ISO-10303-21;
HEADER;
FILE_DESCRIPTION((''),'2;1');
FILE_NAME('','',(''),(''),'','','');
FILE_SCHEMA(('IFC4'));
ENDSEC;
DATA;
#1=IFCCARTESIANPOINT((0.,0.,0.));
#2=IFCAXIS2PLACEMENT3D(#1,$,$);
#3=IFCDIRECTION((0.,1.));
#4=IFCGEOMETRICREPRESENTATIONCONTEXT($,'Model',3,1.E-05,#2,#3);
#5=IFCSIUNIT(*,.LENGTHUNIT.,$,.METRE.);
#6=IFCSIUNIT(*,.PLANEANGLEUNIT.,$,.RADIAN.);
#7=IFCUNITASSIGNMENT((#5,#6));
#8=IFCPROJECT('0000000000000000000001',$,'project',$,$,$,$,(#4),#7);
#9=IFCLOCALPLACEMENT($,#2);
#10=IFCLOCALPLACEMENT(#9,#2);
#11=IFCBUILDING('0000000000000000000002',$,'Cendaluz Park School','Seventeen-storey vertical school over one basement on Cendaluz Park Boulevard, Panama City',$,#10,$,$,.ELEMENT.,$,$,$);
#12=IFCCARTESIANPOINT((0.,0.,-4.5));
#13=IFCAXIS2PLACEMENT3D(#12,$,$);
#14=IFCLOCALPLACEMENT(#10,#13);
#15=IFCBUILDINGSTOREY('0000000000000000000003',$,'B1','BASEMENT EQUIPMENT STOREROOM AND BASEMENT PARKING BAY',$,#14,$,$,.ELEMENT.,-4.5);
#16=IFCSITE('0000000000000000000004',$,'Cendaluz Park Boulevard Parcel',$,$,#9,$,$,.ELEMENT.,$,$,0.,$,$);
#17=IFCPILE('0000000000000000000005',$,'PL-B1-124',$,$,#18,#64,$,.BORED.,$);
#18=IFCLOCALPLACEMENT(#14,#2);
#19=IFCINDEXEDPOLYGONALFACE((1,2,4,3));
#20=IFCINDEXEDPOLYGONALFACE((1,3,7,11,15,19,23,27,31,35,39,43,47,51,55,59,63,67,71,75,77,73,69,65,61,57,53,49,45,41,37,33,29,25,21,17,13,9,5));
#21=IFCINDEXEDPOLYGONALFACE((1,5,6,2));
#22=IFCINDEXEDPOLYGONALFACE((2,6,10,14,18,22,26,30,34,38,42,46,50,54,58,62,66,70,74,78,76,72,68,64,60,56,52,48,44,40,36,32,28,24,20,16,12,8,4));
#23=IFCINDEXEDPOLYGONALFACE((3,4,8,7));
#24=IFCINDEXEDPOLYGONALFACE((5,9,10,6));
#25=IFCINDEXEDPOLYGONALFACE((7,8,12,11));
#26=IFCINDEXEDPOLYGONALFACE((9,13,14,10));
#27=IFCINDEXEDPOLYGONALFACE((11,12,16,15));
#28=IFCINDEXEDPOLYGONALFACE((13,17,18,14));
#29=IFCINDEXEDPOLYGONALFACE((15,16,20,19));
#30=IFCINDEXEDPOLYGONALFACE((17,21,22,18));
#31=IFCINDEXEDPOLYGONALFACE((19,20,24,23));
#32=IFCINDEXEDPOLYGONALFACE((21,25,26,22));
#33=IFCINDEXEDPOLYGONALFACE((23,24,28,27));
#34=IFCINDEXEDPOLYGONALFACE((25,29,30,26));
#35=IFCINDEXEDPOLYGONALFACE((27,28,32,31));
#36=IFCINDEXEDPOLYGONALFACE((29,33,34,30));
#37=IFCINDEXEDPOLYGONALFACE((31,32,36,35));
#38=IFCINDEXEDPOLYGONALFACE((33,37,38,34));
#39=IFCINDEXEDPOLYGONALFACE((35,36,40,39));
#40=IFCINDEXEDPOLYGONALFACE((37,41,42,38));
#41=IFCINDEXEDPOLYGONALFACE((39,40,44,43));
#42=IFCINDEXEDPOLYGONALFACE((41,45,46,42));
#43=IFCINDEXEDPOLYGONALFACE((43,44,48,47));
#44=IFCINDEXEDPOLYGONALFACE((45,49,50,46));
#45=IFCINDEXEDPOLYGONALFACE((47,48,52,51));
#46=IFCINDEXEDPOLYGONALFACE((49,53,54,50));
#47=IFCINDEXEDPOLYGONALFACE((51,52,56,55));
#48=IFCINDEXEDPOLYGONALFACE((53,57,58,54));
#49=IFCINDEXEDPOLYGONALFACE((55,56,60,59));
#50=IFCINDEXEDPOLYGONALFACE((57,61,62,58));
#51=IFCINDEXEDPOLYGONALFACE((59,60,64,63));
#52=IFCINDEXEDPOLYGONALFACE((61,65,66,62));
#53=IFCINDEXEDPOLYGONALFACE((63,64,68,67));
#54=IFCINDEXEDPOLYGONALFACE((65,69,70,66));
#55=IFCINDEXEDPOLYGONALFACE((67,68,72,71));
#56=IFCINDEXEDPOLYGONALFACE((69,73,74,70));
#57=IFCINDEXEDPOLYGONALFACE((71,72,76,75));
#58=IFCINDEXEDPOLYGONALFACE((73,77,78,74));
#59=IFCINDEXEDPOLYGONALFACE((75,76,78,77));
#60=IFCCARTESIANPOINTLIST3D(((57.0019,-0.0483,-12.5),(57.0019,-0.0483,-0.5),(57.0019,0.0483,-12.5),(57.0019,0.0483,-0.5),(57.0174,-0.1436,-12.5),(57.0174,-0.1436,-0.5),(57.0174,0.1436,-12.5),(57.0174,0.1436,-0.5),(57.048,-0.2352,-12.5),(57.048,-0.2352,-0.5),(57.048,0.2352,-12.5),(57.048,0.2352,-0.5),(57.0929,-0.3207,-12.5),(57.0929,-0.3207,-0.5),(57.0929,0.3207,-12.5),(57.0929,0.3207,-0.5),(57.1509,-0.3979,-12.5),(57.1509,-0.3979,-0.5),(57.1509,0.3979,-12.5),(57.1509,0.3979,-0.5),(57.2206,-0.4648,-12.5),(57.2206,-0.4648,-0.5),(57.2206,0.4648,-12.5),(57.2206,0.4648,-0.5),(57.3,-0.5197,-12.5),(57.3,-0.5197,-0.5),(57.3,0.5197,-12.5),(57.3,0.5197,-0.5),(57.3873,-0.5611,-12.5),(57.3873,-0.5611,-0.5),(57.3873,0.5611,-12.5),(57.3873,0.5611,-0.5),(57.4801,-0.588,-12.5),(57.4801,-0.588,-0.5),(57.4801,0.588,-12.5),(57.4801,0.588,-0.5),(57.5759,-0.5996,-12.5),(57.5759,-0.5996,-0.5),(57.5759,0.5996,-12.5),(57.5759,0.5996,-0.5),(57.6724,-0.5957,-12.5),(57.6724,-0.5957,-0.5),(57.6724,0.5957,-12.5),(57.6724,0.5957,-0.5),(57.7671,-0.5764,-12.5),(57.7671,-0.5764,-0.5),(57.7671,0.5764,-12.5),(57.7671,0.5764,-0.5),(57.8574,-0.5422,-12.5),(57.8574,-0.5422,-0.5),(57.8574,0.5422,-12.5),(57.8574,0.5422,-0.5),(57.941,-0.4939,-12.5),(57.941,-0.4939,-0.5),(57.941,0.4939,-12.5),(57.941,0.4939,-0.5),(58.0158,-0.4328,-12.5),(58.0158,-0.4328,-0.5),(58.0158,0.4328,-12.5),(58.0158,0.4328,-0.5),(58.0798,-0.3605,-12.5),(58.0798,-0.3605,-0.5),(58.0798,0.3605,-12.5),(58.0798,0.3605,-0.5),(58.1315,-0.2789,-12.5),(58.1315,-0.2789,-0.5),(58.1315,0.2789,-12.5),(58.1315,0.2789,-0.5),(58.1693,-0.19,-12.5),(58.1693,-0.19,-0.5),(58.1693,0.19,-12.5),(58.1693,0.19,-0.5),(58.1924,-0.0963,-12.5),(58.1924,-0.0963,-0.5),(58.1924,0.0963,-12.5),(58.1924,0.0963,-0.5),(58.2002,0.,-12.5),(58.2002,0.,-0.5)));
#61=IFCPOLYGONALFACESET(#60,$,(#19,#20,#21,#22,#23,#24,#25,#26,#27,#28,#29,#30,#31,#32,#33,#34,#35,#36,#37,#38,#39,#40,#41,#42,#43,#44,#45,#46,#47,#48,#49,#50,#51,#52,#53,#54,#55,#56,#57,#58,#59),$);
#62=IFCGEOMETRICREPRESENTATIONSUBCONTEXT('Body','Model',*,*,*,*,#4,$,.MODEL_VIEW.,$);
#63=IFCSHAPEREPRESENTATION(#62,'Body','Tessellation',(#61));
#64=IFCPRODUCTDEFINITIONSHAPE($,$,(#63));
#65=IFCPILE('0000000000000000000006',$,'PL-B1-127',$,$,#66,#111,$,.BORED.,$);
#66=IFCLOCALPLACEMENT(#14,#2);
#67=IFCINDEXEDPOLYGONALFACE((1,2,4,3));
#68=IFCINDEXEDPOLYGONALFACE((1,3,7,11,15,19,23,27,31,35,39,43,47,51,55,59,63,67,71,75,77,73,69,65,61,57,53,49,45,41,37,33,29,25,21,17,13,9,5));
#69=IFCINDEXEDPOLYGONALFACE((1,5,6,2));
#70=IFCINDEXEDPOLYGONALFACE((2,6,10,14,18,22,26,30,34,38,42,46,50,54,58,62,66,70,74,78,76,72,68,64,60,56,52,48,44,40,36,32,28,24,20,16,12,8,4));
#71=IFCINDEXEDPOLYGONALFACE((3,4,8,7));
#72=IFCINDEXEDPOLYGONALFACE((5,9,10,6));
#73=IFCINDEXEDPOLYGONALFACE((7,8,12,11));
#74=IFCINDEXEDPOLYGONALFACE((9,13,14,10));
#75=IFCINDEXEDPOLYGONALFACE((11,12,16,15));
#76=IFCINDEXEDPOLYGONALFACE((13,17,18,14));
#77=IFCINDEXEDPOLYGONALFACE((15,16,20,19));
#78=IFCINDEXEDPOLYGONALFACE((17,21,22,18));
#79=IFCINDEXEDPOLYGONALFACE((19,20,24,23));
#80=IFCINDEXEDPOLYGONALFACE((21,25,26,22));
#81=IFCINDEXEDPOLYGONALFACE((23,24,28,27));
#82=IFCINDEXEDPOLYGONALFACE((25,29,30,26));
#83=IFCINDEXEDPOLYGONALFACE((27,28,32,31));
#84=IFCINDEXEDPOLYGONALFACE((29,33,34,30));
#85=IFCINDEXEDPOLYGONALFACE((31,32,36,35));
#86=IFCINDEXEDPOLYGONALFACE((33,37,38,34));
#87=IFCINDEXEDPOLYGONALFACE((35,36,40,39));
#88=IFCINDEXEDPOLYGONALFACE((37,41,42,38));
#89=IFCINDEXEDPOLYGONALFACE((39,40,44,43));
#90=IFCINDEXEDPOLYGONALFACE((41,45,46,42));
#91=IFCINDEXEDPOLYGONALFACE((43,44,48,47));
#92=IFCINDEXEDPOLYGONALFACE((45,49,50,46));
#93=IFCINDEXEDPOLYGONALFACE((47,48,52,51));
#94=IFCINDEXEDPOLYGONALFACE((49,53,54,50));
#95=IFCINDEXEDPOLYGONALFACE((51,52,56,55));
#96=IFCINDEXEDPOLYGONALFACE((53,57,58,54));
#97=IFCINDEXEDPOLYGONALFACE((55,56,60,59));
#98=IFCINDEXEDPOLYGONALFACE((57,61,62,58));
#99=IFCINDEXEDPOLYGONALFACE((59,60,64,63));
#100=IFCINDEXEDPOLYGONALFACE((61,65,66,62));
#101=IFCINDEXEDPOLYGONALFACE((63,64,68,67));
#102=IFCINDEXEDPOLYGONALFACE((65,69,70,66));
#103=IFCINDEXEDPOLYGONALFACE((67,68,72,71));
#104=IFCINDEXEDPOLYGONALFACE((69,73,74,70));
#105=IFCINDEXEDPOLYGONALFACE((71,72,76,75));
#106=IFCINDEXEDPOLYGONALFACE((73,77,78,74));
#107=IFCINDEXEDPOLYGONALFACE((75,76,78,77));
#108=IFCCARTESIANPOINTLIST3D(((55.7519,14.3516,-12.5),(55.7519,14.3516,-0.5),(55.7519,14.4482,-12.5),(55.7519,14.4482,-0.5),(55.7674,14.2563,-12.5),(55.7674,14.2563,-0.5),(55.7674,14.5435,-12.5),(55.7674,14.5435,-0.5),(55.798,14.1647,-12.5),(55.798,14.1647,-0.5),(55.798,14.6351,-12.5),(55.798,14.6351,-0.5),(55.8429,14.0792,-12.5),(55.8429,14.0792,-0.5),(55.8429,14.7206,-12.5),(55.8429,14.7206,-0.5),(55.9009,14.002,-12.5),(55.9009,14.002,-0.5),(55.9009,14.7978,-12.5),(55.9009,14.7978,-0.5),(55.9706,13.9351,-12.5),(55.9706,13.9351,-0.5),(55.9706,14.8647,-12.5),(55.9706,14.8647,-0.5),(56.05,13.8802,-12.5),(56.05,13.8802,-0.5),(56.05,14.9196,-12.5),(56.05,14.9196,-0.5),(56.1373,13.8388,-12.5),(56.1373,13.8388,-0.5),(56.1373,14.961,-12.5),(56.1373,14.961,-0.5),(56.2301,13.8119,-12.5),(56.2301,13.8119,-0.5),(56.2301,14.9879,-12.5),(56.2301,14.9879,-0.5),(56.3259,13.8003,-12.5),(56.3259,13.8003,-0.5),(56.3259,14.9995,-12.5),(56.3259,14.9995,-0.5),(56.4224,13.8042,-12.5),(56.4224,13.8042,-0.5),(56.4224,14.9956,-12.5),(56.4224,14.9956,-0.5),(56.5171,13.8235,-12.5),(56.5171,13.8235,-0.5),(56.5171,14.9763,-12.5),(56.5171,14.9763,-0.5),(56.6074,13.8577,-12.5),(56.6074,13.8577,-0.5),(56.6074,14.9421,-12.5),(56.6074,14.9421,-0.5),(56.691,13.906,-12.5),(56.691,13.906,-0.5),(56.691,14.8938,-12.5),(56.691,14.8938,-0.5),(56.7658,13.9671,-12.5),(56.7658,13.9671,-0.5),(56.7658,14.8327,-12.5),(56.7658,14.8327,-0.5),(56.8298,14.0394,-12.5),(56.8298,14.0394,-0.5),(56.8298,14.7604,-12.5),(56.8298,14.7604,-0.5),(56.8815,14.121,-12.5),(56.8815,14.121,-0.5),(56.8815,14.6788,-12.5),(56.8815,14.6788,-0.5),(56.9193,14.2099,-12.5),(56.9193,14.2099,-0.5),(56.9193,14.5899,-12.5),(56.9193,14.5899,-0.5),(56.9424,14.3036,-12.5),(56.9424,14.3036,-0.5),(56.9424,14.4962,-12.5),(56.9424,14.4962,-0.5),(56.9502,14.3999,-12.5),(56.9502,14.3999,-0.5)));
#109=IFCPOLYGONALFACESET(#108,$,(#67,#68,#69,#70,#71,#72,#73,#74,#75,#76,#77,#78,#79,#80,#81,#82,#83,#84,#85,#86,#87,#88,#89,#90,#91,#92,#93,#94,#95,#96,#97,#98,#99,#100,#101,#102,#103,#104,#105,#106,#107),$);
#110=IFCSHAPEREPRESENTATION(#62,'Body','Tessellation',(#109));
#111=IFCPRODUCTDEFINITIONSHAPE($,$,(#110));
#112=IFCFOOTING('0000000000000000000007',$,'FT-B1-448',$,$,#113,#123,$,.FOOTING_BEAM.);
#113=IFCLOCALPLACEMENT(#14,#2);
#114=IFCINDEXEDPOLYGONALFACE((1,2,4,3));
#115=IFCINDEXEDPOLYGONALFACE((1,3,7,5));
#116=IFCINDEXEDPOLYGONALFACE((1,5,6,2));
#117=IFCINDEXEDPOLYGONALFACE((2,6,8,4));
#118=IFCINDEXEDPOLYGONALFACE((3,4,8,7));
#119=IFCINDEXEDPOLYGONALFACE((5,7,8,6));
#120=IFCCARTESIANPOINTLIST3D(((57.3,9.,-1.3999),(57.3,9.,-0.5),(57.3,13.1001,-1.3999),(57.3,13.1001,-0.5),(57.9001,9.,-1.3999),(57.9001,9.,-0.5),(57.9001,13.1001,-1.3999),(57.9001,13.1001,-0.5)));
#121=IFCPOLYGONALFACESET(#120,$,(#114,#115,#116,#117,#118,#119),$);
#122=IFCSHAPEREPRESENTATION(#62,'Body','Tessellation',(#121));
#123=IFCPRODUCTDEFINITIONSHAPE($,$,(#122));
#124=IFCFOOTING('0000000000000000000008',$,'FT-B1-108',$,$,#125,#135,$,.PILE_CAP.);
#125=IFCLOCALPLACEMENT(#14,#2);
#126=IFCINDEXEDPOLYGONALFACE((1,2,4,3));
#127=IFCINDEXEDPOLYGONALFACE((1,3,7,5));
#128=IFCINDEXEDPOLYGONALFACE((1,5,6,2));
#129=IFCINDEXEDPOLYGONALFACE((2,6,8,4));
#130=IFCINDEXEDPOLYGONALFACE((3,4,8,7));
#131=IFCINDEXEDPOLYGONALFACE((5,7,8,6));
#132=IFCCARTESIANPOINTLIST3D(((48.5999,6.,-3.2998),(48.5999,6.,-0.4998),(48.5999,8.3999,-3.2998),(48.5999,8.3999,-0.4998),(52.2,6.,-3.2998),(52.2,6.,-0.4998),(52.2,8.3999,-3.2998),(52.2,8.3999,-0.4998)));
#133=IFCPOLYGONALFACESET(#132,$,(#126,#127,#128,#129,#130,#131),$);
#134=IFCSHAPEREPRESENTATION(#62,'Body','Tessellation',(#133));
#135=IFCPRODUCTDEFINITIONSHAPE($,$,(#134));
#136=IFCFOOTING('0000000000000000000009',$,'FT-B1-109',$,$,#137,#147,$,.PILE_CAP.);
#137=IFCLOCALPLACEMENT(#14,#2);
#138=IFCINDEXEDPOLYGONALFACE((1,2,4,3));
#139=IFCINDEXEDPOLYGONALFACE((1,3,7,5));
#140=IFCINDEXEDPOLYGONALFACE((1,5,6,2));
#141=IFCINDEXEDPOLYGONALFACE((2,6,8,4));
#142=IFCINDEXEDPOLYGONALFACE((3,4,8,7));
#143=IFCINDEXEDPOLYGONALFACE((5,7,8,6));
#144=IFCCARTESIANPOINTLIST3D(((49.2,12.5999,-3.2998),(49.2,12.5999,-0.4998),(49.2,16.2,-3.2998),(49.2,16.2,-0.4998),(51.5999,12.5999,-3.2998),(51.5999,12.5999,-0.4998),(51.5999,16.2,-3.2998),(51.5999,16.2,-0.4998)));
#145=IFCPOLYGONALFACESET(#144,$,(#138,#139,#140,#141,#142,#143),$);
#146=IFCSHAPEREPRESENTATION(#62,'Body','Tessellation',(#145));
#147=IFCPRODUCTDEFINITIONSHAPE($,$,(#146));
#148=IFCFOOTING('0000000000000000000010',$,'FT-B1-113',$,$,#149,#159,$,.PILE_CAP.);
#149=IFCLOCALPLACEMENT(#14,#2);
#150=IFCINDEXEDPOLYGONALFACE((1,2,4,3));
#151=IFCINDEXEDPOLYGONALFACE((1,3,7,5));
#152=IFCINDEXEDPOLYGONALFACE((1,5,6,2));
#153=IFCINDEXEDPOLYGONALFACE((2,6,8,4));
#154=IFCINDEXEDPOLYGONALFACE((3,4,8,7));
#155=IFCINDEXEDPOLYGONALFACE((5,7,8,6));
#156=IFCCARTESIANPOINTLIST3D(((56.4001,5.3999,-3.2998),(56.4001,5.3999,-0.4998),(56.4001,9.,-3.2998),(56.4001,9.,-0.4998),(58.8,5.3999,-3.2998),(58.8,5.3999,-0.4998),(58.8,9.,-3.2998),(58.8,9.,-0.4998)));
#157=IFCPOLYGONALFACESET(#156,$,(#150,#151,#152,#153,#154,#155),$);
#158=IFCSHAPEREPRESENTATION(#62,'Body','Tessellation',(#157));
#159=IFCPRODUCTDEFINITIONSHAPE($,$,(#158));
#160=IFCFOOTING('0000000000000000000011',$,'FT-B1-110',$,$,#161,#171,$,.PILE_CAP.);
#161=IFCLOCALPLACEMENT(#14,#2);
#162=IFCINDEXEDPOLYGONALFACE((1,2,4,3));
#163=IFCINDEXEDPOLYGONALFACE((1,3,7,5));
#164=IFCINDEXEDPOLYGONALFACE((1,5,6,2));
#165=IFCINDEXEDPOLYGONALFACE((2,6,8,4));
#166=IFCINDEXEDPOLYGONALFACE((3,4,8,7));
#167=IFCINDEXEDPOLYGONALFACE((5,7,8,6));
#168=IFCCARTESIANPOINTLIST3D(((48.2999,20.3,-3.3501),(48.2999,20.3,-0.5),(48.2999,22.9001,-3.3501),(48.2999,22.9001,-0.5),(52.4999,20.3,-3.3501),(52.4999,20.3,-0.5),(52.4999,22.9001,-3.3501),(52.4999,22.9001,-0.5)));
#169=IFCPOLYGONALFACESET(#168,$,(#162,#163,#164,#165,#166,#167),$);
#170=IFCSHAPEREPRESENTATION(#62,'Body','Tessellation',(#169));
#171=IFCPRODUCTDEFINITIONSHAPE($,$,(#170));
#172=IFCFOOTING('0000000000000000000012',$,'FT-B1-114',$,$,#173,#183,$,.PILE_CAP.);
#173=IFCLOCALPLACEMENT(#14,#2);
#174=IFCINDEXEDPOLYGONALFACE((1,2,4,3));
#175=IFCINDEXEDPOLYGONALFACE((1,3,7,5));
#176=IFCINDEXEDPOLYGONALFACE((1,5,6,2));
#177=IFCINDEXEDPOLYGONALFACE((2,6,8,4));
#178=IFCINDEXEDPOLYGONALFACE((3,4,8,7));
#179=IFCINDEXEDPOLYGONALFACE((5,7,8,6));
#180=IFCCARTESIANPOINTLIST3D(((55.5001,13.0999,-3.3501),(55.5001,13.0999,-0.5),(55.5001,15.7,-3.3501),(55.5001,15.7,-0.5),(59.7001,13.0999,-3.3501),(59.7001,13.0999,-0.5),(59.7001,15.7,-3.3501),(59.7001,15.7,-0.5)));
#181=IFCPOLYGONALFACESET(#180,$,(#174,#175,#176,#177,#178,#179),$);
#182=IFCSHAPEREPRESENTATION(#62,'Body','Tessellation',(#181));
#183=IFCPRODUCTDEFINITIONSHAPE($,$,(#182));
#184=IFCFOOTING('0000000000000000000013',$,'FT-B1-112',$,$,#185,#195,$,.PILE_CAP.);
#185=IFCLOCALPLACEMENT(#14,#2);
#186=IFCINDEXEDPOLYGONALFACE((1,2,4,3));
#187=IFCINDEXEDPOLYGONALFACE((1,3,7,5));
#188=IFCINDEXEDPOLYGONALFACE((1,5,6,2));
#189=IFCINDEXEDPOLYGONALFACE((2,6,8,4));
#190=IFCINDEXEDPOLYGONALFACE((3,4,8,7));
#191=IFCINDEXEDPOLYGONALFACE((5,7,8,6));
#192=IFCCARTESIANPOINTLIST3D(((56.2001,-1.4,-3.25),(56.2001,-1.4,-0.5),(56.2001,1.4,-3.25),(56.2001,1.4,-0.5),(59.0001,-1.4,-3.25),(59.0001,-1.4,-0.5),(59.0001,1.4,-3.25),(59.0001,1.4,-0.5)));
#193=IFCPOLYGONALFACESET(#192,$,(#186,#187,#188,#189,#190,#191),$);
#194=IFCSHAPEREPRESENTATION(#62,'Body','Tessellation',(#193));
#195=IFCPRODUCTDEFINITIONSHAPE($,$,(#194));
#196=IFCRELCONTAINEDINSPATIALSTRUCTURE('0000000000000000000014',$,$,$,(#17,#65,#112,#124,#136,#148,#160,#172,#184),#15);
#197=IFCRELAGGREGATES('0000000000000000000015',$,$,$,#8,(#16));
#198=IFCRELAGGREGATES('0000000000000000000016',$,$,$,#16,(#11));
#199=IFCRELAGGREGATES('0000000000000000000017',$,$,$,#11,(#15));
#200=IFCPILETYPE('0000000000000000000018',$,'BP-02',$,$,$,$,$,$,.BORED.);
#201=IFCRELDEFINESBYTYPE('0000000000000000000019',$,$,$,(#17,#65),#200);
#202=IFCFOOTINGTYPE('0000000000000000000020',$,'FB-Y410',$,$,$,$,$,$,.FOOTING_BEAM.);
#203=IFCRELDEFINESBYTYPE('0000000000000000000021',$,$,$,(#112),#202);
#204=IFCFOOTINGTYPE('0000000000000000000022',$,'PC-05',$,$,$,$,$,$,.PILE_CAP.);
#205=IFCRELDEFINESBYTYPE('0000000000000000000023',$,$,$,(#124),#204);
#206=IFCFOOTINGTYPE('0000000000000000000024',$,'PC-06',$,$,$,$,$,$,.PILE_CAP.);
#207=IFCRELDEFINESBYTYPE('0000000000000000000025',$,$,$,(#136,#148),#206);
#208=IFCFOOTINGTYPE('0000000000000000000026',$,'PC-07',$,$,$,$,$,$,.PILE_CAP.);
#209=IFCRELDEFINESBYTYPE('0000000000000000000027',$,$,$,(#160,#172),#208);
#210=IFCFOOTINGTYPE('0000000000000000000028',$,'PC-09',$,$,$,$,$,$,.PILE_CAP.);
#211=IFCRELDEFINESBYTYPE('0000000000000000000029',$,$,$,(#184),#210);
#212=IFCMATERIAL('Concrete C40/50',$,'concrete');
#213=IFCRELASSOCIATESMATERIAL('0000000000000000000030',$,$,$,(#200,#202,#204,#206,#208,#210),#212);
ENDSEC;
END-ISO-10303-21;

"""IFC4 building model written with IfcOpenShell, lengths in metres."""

from ifc_helpers import new_model, si_unit, direction, frame, origin, origin_2d, place, context, subcontext, project, spatial, rectangle, circle, extrude, material, material_profile, profile_set, type_object, element, save


model = new_model("IFC4")

# Units and contexts
model_context = context("Model", 3, precision=1e-05, world=origin(), true_north=direction((0.0, 1.0)))
body_context = subcontext(model_context, "Body", "Model", "MODEL_VIEW")
ifc_project = project(units=[si_unit("LENGTHUNIT", "METRE"), si_unit("PLANEANGLEUNIT", "RADIAN")], contexts=[model_context])

# Site, building, storey
site_placement = place(None, origin())
site = spatial("IfcSite", under=ifc_project, at=site_placement, Name="Cendaluz Park Boulevard Parcel", CompositionType="ELEMENT", RefElevation=0.0)
building_placement = place(site_placement, origin())
building = spatial("IfcBuilding", under=site, at=building_placement, Name="Cendaluz Park School", Description="Seventeen-storey vertical school over one basement on Cendaluz Park Boulevard, Panama City", CompositionType="ELEMENT")
storey_placement = place(building_placement, frame((0.0, 0.0, -4.5)))
storey = spatial("IfcBuildingStorey", under=building, at=storey_placement, Name="B1", Description="BASEMENT EQUIPMENT STOREROOM AND BASEMENT PARKING BAY", CompositionType="ELEMENT", Elevation=-4.5)

# Piles
ifc_material_1 = material(Name="Concrete C40/50", Category="concrete")
ifc_material_profile_1 = material_profile(ifc_material_1, circle(Radius=0.6001, at=origin_2d()), Name="BP D1200", Category="concrete")
ifc_profile_set_1 = profile_set([ifc_material_profile_1], Name="Concrete C40/50")
pile_type_1 = type_object("IfcPileType", Name="BP-02", PredefinedType="BORED", material=ifc_profile_set_1)
for number, where, z_axis, x_axis, name in (
    (1, (57.6001, 0.0, -0.5), (0.0, 0.0, -1.0), (1.0, 0.0, 0.0), "PL-B1-124"),
    (2, (56.3501, 14.3999, -0.5), (0.0, 0.0, -1.0), (1.0, 0.0, 0.0), "PL-B1-127"),
):
    element("IfcPile", number, at=place(storey_placement, frame(where, z_axis=z_axis, x_axis=x_axis)), inside=storey, type_object=pile_type_1, Name=name, PredefinedType="BORED", context=body_context, shape_type="SweptSolid", body=[
        extrude(circle(Radius=0.6001, at=origin_2d()), origin(), (0.0, 0.0, 1.0), 12.0),
    ])

# Footings
footing_type_1 = type_object("IfcFootingType", Name="FB-Y410", PredefinedType="FOOTING_BEAM", material=ifc_material_1)
footing_1_placement = place(storey_placement, frame((57.6001, 11.05, -1.3999), z_axis=(0.0, 0.0, 1.0), x_axis=(1.0, 0.0, 0.0)))
element("IfcFooting", 3, at=footing_1_placement, inside=storey, type_object=footing_type_1, Name="FT-B1-448", PredefinedType="FOOTING_BEAM", context=body_context, shape_type="SweptSolid", body=[
    extrude(rectangle(XDim=0.6001, YDim=4.1001, at=origin_2d()), origin(), (0.0, 0.0, 1.0), 0.8999),
])
footing_type_2 = type_object("IfcFootingType", Name="PC-05", PredefinedType="PILE_CAP", material=ifc_material_1)
footing_2_placement = place(storey_placement, frame((50.3999, 7.2, -3.2998), z_axis=(0.0, 0.0, 1.0), x_axis=(1.0, 0.0, 0.0)))
element("IfcFooting", 4, at=footing_2_placement, inside=storey, type_object=footing_type_2, Name="FT-B1-108", PredefinedType="PILE_CAP", context=body_context, shape_type="SweptSolid", body=[
    extrude(rectangle(XDim=3.6001, YDim=2.3999, at=origin_2d()), origin(), (0.0, 0.0, 1.0), 2.8),
])
footing_type_3 = type_object("IfcFootingType", Name="PC-06", PredefinedType="PILE_CAP", material=ifc_material_1)
for number, where, z_axis, x_axis, name in (
    (5, (50.3999, 14.3999, -3.2998), (0.0, 0.0, 1.0), (1.0, 0.0, 0.0), "FT-B1-109"),
    (6, (57.6001, 7.2, -3.2998), (0.0, 0.0, 1.0), (1.0, 0.0, 0.0), "FT-B1-113"),
):
    element("IfcFooting", number, at=place(storey_placement, frame(where, z_axis=z_axis, x_axis=x_axis)), inside=storey, type_object=footing_type_3, Name=name, PredefinedType="PILE_CAP", context=body_context, shape_type="SweptSolid", body=[
        extrude(rectangle(XDim=2.3999, YDim=3.6001, at=origin_2d()), origin(), (0.0, 0.0, 1.0), 2.8),
    ])
footing_type_4 = type_object("IfcFootingType", Name="PC-07", PredefinedType="PILE_CAP", material=ifc_material_1)
for number, where, z_axis, x_axis, name in (
    (7, (50.3999, 21.6001, -3.3501), (0.0, 0.0, 1.0), (1.0, 0.0, 0.0), "FT-B1-110"),
    (8, (57.6001, 14.3999, -3.3501), (0.0, 0.0, 1.0), (1.0, 0.0, 0.0), "FT-B1-114"),
):
    element("IfcFooting", number, at=place(storey_placement, frame(where, z_axis=z_axis, x_axis=x_axis)), inside=storey, type_object=footing_type_4, Name=name, PredefinedType="PILE_CAP", context=body_context, shape_type="SweptSolid", body=[
        extrude(rectangle(XDim=4.2, YDim=2.6001, at=origin_2d()), origin(), (0.0, 0.0, 1.0), 2.8501),
    ])
footing_type_5 = type_object("IfcFootingType", Name="PC-09", PredefinedType="PILE_CAP", material=ifc_material_1)
footing_3_placement = place(storey_placement, frame((57.6001, 0.0, -3.25), z_axis=(0.0, 0.0, 1.0), x_axis=(1.0, 0.0, 0.0)))
element("IfcFooting", 9, at=footing_3_placement, inside=storey, type_object=footing_type_5, Name="FT-B1-112", PredefinedType="PILE_CAP", context=body_context, shape_type="SweptSolid", body=[
    extrude(rectangle(XDim=2.8, YDim=2.8, at=origin_2d()), origin(), (0.0, 0.0, 1.0), 2.75),
])

save(model, "model.ifc")
